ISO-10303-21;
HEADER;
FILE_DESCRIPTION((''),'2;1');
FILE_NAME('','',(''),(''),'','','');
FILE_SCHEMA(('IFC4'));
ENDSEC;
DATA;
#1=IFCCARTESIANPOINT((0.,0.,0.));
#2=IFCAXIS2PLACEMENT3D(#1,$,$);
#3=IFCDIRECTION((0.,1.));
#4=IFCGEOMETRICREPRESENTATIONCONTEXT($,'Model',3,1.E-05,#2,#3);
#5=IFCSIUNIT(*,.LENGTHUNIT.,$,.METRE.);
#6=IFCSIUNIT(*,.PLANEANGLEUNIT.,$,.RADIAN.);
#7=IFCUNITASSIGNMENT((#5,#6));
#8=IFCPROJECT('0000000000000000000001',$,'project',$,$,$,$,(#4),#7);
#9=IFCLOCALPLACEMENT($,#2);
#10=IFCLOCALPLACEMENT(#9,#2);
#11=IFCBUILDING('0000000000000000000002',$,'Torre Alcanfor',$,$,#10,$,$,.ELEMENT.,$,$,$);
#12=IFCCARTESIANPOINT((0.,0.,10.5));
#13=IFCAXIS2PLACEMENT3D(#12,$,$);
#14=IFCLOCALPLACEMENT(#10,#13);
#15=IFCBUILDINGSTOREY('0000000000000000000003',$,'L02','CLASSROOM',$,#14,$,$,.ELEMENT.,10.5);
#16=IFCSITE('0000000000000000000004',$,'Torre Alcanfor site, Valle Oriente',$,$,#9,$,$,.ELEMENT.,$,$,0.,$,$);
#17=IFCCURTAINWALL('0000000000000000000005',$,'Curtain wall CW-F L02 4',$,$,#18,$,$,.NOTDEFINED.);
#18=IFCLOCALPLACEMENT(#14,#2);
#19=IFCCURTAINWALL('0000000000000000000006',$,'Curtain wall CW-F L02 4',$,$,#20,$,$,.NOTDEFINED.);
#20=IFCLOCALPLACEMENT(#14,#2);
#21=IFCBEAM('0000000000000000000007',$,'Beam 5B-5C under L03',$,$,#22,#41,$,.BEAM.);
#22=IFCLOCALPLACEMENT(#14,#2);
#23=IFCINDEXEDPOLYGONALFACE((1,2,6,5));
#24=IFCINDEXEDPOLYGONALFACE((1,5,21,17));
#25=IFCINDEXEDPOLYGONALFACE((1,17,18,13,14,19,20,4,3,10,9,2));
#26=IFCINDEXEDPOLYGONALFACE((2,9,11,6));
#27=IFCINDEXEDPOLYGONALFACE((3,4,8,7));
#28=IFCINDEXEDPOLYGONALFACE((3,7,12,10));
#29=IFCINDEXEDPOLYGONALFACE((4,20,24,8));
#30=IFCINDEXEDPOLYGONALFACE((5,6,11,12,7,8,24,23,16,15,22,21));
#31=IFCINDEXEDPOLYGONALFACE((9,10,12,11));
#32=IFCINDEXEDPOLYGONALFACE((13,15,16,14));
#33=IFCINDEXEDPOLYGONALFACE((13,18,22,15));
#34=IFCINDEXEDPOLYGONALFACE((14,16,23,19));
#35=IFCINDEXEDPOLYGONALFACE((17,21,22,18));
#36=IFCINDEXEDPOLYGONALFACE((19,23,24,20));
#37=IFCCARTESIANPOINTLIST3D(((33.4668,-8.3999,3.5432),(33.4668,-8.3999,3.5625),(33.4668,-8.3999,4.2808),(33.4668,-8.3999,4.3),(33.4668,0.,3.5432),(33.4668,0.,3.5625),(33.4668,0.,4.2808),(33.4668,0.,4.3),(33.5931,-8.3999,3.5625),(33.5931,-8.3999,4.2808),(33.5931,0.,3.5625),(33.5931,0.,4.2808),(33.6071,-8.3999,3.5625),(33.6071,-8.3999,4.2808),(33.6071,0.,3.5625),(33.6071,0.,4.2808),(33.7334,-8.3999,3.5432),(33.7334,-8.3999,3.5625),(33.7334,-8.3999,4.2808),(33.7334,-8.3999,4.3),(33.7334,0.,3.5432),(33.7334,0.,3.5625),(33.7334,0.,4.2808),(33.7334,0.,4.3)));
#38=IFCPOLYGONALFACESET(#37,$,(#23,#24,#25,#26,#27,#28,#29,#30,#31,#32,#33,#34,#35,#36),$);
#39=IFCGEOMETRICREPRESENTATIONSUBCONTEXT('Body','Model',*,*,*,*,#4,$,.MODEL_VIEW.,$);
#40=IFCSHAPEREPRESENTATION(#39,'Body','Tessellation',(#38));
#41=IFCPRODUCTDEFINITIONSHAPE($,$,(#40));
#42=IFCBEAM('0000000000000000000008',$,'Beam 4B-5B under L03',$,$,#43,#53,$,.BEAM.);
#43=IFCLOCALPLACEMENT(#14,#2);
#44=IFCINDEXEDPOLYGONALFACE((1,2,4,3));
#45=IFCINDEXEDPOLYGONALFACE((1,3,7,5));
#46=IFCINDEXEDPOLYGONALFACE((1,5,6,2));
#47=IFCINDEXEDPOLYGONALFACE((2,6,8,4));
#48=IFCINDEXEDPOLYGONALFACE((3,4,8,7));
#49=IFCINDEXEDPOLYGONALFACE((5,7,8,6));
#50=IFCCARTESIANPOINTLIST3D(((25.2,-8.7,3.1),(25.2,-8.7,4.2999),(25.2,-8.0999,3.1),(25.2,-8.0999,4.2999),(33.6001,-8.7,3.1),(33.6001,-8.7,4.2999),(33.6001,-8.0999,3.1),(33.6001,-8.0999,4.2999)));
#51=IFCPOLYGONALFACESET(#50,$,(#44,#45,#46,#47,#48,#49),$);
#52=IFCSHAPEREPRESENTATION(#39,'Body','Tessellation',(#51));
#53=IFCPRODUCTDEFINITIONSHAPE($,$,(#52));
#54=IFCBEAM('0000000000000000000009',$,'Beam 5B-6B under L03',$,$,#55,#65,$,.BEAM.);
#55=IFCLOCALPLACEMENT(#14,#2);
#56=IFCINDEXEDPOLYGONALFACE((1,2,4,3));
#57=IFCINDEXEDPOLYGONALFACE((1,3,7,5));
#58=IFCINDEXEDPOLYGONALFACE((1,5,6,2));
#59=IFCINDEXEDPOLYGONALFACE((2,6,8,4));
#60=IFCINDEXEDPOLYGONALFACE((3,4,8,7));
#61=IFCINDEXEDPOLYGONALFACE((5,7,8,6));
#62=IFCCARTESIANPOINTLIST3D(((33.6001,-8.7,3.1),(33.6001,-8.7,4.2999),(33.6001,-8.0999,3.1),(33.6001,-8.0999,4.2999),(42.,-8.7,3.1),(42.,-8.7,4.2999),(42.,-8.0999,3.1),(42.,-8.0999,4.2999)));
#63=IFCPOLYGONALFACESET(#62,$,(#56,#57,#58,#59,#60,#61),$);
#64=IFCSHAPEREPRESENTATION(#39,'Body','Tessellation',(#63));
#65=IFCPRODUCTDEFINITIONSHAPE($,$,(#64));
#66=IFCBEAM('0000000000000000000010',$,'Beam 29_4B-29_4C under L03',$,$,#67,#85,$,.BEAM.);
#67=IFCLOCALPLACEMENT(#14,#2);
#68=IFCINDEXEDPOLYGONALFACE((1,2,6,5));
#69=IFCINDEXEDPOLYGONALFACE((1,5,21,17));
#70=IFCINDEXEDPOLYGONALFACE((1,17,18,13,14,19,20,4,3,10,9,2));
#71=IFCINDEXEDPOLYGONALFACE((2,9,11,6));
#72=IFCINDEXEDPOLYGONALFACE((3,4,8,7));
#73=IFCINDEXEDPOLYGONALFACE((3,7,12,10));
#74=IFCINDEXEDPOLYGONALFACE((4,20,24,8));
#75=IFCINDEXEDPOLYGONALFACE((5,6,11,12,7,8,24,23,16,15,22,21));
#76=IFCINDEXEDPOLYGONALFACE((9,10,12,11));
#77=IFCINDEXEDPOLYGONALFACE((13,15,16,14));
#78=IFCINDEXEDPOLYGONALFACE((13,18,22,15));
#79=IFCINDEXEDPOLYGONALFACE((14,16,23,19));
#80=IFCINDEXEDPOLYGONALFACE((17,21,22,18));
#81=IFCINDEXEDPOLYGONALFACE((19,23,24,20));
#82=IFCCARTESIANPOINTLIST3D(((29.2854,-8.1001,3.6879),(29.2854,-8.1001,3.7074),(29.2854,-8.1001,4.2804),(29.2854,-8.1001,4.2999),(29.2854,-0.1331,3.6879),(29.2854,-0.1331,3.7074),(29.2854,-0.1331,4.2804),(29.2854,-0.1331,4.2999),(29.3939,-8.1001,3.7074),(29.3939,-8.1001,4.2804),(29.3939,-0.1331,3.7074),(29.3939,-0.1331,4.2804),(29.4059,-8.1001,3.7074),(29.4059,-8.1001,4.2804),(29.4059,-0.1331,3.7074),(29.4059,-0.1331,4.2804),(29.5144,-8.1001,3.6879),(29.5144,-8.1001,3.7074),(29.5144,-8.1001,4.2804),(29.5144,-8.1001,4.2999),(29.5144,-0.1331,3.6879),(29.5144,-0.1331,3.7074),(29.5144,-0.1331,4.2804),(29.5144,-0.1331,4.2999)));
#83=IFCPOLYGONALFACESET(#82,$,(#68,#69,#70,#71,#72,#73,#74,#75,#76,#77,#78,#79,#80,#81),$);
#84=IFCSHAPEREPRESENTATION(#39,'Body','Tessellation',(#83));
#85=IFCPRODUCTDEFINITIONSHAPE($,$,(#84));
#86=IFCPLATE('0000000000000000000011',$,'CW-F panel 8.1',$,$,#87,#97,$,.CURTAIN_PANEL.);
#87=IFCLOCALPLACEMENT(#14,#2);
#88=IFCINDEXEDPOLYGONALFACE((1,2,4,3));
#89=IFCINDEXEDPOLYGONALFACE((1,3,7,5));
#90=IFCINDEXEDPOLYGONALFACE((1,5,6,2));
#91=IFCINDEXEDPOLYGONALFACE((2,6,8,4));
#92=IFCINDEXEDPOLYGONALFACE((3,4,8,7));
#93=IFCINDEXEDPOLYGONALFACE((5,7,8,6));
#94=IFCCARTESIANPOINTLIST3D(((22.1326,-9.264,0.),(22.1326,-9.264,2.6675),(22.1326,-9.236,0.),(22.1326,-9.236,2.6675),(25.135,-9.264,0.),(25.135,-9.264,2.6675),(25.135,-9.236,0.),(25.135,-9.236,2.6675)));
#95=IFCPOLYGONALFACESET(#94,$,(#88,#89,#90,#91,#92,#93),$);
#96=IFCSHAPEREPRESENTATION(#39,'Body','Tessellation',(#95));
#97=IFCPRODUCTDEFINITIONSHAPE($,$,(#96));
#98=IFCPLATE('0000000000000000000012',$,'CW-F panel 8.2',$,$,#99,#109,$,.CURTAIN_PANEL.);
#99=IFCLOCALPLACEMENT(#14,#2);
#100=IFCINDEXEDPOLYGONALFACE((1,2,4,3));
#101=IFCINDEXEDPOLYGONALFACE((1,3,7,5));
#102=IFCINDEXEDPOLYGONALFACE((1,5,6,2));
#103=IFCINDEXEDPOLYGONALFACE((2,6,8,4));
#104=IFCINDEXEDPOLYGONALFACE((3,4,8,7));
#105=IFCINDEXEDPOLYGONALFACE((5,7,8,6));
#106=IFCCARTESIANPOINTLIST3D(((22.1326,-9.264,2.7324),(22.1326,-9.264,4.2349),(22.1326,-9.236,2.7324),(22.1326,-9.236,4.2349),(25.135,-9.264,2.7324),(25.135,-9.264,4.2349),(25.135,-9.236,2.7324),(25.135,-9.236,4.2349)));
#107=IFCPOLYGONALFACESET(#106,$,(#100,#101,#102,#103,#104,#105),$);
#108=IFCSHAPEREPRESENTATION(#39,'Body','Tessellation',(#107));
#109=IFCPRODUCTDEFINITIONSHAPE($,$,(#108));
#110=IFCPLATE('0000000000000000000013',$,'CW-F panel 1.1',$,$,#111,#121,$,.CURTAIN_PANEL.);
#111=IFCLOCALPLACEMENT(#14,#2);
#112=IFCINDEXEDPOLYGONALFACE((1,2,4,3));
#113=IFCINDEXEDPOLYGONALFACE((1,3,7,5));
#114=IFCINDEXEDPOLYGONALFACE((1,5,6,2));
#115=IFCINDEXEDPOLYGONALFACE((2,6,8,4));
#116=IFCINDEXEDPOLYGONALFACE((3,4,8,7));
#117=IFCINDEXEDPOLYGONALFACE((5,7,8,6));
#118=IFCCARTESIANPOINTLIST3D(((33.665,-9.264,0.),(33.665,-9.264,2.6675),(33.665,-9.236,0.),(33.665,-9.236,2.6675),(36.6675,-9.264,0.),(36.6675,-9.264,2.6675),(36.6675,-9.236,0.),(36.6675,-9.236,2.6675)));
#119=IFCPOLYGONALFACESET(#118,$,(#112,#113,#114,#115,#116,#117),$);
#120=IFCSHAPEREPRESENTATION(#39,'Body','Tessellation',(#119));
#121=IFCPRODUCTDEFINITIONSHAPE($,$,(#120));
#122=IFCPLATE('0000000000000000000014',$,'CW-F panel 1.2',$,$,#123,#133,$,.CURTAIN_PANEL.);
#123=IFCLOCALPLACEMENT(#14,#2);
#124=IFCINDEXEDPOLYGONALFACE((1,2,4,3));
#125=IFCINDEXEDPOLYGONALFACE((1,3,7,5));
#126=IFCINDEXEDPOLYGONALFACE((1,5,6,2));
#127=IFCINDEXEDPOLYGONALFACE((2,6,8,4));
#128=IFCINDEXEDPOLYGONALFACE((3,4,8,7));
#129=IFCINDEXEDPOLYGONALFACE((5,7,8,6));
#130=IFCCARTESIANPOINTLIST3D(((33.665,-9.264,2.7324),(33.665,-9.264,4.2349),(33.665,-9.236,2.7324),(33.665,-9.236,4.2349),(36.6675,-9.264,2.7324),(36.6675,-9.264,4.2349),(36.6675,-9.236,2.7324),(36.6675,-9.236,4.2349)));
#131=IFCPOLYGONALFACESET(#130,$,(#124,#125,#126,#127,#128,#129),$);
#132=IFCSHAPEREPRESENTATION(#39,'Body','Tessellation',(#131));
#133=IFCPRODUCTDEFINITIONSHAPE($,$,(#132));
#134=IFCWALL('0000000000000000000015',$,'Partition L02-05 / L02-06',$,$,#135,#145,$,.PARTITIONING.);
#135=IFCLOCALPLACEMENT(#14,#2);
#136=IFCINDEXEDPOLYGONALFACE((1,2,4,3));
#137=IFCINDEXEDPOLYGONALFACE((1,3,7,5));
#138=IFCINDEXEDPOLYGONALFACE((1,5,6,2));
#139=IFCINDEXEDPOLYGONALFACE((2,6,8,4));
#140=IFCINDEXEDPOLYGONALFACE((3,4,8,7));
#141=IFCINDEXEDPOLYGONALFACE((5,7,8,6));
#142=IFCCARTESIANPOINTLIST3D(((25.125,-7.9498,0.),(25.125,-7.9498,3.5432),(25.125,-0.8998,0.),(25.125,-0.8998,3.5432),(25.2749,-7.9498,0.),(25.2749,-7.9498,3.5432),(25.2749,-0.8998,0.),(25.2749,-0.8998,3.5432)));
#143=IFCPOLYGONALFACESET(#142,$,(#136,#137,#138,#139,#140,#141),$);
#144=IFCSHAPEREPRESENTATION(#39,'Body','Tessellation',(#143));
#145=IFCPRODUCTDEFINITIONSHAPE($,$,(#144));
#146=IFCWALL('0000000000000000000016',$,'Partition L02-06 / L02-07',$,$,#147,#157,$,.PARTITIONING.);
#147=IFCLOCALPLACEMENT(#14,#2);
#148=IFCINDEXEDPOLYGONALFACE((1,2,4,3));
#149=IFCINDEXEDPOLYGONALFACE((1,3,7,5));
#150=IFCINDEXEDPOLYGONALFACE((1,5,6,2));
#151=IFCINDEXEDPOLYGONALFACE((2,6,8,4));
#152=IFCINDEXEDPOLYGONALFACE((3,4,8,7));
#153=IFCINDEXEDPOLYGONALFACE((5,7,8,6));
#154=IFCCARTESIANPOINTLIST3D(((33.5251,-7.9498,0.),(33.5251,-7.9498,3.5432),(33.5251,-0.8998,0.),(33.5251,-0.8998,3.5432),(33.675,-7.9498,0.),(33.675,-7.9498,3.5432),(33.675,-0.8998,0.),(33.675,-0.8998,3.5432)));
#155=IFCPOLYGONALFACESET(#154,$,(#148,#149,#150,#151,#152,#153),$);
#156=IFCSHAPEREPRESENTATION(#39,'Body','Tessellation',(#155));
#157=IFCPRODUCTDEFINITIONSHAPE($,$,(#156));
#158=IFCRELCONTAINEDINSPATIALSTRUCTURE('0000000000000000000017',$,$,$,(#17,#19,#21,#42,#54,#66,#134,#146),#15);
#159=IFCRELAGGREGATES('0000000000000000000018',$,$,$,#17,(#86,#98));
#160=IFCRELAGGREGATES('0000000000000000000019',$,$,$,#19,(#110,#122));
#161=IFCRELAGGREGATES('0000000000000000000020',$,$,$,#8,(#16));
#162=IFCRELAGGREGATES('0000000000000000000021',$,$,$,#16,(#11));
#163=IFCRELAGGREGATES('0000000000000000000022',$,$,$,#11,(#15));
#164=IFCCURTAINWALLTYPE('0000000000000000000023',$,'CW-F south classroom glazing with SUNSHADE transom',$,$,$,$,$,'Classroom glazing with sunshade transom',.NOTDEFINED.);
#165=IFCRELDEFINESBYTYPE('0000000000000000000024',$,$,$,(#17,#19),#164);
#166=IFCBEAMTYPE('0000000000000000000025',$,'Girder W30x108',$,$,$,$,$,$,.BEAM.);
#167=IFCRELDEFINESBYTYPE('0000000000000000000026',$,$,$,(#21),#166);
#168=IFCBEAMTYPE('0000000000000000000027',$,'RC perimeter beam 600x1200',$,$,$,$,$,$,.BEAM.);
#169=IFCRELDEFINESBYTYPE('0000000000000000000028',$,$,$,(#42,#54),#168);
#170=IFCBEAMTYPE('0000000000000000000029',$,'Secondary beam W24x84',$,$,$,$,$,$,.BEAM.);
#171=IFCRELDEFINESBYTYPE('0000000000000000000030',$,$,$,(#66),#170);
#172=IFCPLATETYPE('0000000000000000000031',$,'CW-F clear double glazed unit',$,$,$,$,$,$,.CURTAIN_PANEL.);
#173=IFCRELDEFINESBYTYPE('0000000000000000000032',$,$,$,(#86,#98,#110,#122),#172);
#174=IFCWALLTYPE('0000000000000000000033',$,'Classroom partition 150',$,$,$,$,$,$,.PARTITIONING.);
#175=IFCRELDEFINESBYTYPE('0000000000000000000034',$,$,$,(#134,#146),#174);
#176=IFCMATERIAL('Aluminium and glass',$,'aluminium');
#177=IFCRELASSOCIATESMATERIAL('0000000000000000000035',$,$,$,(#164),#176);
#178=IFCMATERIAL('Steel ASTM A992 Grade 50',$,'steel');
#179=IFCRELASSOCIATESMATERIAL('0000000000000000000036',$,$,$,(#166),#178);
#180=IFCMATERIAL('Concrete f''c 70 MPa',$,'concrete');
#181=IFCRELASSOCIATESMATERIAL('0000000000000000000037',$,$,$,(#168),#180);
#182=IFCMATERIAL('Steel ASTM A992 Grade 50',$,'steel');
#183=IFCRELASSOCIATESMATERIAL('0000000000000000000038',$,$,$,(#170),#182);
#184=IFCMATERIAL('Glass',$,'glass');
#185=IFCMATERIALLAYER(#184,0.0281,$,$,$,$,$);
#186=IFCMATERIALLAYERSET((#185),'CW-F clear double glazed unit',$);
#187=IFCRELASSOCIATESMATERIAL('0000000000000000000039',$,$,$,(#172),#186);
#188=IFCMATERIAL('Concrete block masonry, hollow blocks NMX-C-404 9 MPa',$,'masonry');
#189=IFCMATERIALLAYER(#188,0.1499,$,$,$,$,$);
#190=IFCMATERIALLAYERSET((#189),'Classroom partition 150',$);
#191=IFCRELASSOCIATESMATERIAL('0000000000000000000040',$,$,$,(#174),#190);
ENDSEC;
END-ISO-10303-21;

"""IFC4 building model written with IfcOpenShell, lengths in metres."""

from ifc_helpers import new_model, si_unit, direction, frame, frame_2d, origin, origin_2d, place, context, subcontext, project, spatial, rectangle, i_section, extrude, material, layer, layer_set, material_profile, profile_set, type_object, element, aggregate, save


model = new_model("IFC4")

# Units and contexts
model_context = context("Model", 3, precision=1e-05, world=origin(), true_north=direction((0.0, 1.0)))
body_context = subcontext(model_context, "Body", "Model", "MODEL_VIEW")
ifc_project = project(units=[si_unit("LENGTHUNIT", "METRE"), si_unit("PLANEANGLEUNIT", "RADIAN")], contexts=[model_context])

# Site, building, storey
site_placement = place(None, origin())
site = spatial("IfcSite", under=ifc_project, at=site_placement, Name="Torre Alcanfor site, Valle Oriente", CompositionType="ELEMENT", RefElevation=0.0)
building_placement = place(site_placement, origin())
building = spatial("IfcBuilding", under=site, at=building_placement, Name="Torre Alcanfor", CompositionType="ELEMENT")
storey_placement = place(building_placement, frame((0.0, 0.0, 10.5)))
storey = spatial("IfcBuildingStorey", under=building, at=storey_placement, Name="L02", Description="CLASSROOM", CompositionType="ELEMENT", Elevation=10.5)

# Curtain wall
ifc_material_1 = material(Name="Aluminium and glass", Category="aluminium")
curtain_wall_type = type_object("IfcCurtainWallType", Name="CW-F south classroom glazing with SUNSHADE transom", ElementType="Classroom glazing with sunshade transom", PredefinedType="NOTDEFINED", material=ifc_material_1)
curtain_wall_1_placement = place(storey_placement, origin())
curtain_wall_1 = element("IfcCurtainWall", 1, at=curtain_wall_1_placement, inside=storey, type_object=curtain_wall_type, Name="Curtain wall CW-F L02 4", PredefinedType="NOTDEFINED")

# Curtain wall
curtain_wall_2_placement = place(storey_placement, origin())
curtain_wall_2 = element("IfcCurtainWall", 2, at=curtain_wall_2_placement, inside=storey, type_object=curtain_wall_type, Name="Curtain wall CW-F L02 4", PredefinedType="NOTDEFINED")

# Beams
ifc_material_2 = material(Name="Steel ASTM A992 Grade 50", Category="steel")
ifc_material_profile_1 = material_profile(ifc_material_2, i_section(OverallWidth=0.2666, OverallDepth=0.7568, WebThickness=0.0139, FlangeThickness=0.0193, at=origin_2d()), Name="W30x108")
ifc_profile_set_1 = profile_set([ifc_material_profile_1], Name="Steel ASTM A992 Grade 50")
beam_type_1 = type_object("IfcBeamType", Name="Girder W30x108", PredefinedType="BEAM", material=ifc_profile_set_1)
for number, where, z_axis, x_axis, name in (
    (3, (33.6001, -8.3999, 3.9216), (0.0, 1.0, 0.0), (-1.0, 0.0, 0.0), "Beam 5B-5C under L03"),
):
    element("IfcBeam", number, at=place(storey_placement, frame(where, z_axis=z_axis, x_axis=x_axis)), inside=storey, type_object=beam_type_1, Name=name, PredefinedType="BEAM", context=body_context, shape_type="SweptSolid", body=[
        extrude(i_section(OverallWidth=0.2666, OverallDepth=0.7568, WebThickness=0.0139, FlangeThickness=0.0193, at=origin_2d()), origin(), (0.0, 0.0, 1.0), 8.3999),
    ])
ifc_material_3 = material(Name="Concrete f'c 70 MPa", Category="concrete")
ifc_material_profile_2 = material_profile(ifc_material_3, rectangle(XDim=0.6001, YDim=1.2, at=origin_2d()), Name="600x1200")
ifc_profile_set_2 = profile_set([ifc_material_profile_2], Name="Concrete f'c 70 MPa")
beam_type_2 = type_object("IfcBeamType", Name="RC perimeter beam 600x1200", PredefinedType="BEAM", material=ifc_profile_set_2)
beam_1_placement = place(storey_placement, frame((25.2, -8.3999, 3.7), z_axis=(1.0, 0.0, 0.0), x_axis=(0.0, 1.0, 0.0)))
element("IfcBeam", 4, at=beam_1_placement, inside=storey, type_object=beam_type_2, Name="Beam 4B-5B under L03", PredefinedType="BEAM", context=body_context, shape_type="SweptSolid", body=[
    extrude(rectangle(XDim=0.6001, YDim=1.2, at=origin_2d()), origin(), (0.0, 0.0, 1.0), 8.4001),
])
beam_2_placement = place(storey_placement, frame((33.6001, -8.3999, 3.7), z_axis=(1.0, 0.0, 0.0), x_axis=(0.0, 1.0, 0.0)))
element("IfcBeam", 5, at=beam_2_placement, inside=storey, type_object=beam_type_2, Name="Beam 5B-6B under L03", PredefinedType="BEAM", context=body_context, shape_type="SweptSolid", body=[
    extrude(rectangle(XDim=0.6001, YDim=1.2, at=origin_2d()), origin(), (0.0, 0.0, 1.0), 8.3999),
])
ifc_material_4 = material(Name="Steel ASTM A992 Grade 50", Category="steel")
ifc_material_profile_3 = material_profile(ifc_material_4, i_section(OverallWidth=0.229, OverallDepth=0.6121, WebThickness=0.012, FlangeThickness=0.0195, at=origin_2d()), Name="W24x84")
ifc_profile_set_3 = profile_set([ifc_material_profile_3], Name="Steel ASTM A992 Grade 50")
beam_type_3 = type_object("IfcBeamType", Name="Secondary beam W24x84", PredefinedType="BEAM", material=ifc_profile_set_3)
beam_3_placement = place(storey_placement, frame((29.3999, -8.1001, 3.9939), z_axis=(0.0, 1.0, 0.0), x_axis=(-1.0, 0.0, 0.0)))
element("IfcBeam", 6, at=beam_3_placement, inside=storey, type_object=beam_type_3, Name="Beam 29_4B-29_4C under L03", PredefinedType="BEAM", context=body_context, shape_type="SweptSolid", body=[
    extrude(i_section(OverallWidth=0.229, OverallDepth=0.6121, WebThickness=0.012, FlangeThickness=0.0195, at=origin_2d()), origin(), (0.0, 0.0, 1.0), 7.967),
])

# Plates
ifc_material_5 = material(Name="Glass", Category="glass")
ifc_layer_1 = layer(ifc_material_5, 0.0281)
ifc_layer_set_1 = layer_set([ifc_layer_1], Name="CW-F clear double glazed unit")
plate_type = type_object("IfcPlateType", Name="CW-F clear double glazed unit", PredefinedType="CURTAIN_PANEL", material=ifc_layer_set_1)
plate_1_placement = place(storey_placement, frame((23.6338, -9.25, 0.0), z_axis=(0.0, 0.0, 1.0), x_axis=(1.0, 0.0, 0.0)))
plate_1 = element("IfcPlate", 7, at=plate_1_placement, type_object=plate_type, Name="CW-F panel 8.1", PredefinedType="CURTAIN_PANEL", context=body_context, shape_type="SweptSolid", body=[
    extrude(rectangle(XDim=3.0024, YDim=0.0281, at=origin_2d()), origin(), (0.0, 0.0, 1.0), 2.6675),
])
plate_2_placement = place(storey_placement, frame((23.6338, -9.25, 2.7324), z_axis=(0.0, 0.0, 1.0), x_axis=(1.0, 0.0, 0.0)))
plate_2 = element("IfcPlate", 8, at=plate_2_placement, type_object=plate_type, Name="CW-F panel 8.2", PredefinedType="CURTAIN_PANEL", context=body_context, shape_type="SweptSolid", body=[
    extrude(rectangle(XDim=3.0024, YDim=0.0281, at=origin_2d()), origin(), (0.0, 0.0, 1.0), 1.5024),
])
aggregate(curtain_wall_1, [plate_1, plate_2])
plate_3_placement = place(storey_placement, frame((35.1663, -9.25, 0.0), z_axis=(0.0, 0.0, 1.0), x_axis=(1.0, 0.0, 0.0)))
plate_3 = element("IfcPlate", 9, at=plate_3_placement, type_object=plate_type, Name="CW-F panel 1.1", PredefinedType="CURTAIN_PANEL", context=body_context, shape_type="SweptSolid", body=[
    extrude(rectangle(XDim=3.0024, YDim=0.0281, at=origin_2d()), origin(), (0.0, 0.0, 1.0), 2.6675),
])
plate_4_placement = place(storey_placement, frame((35.1663, -9.25, 2.7324), z_axis=(0.0, 0.0, 1.0), x_axis=(1.0, 0.0, 0.0)))
plate_4 = element("IfcPlate", 10, at=plate_4_placement, type_object=plate_type, Name="CW-F panel 1.2", PredefinedType="CURTAIN_PANEL", context=body_context, shape_type="SweptSolid", body=[
    extrude(rectangle(XDim=3.0024, YDim=0.0281, at=origin_2d()), origin(), (0.0, 0.0, 1.0), 1.5024),
])
aggregate(curtain_wall_2, [plate_3, plate_4])

# Walls
ifc_material_6 = material(Name="Concrete block masonry, hollow blocks NMX-C-404 9 MPa", Category="masonry")
ifc_layer_2 = layer(ifc_material_6, 0.1499)
ifc_layer_set_2 = layer_set([ifc_layer_2], Name="Classroom partition 150")
wall_type_1 = type_object("IfcWallType", Name="Classroom partition 150", PredefinedType="PARTITIONING", material=ifc_layer_set_2)
for number, where, z_axis, x_axis, name in (
    (11, (25.2, -0.8999, 0.0), (0.0, 0.0, 1.0), (0.0, -1.0, 0.0), "Partition L02-05 / L02-06"),
    (12, (33.6001, -0.8999, 0.0), (0.0, 0.0, 1.0), (0.0, -1.0, 0.0), "Partition L02-06 / L02-07"),
):
    element("IfcWall", number, at=place(storey_placement, frame(where, z_axis=z_axis, x_axis=x_axis)), inside=storey, type_object=wall_type_1, Name=name, PredefinedType="PARTITIONING", context=body_context, shape_type="SweptSolid", body=[
        extrude(rectangle(XDim=7.05, YDim=0.1499, at=frame_2d((3.5249, 0.0))), origin(), (0.0, 0.0, 1.0), 3.5432),
    ])

save(model, "model.ifc")
